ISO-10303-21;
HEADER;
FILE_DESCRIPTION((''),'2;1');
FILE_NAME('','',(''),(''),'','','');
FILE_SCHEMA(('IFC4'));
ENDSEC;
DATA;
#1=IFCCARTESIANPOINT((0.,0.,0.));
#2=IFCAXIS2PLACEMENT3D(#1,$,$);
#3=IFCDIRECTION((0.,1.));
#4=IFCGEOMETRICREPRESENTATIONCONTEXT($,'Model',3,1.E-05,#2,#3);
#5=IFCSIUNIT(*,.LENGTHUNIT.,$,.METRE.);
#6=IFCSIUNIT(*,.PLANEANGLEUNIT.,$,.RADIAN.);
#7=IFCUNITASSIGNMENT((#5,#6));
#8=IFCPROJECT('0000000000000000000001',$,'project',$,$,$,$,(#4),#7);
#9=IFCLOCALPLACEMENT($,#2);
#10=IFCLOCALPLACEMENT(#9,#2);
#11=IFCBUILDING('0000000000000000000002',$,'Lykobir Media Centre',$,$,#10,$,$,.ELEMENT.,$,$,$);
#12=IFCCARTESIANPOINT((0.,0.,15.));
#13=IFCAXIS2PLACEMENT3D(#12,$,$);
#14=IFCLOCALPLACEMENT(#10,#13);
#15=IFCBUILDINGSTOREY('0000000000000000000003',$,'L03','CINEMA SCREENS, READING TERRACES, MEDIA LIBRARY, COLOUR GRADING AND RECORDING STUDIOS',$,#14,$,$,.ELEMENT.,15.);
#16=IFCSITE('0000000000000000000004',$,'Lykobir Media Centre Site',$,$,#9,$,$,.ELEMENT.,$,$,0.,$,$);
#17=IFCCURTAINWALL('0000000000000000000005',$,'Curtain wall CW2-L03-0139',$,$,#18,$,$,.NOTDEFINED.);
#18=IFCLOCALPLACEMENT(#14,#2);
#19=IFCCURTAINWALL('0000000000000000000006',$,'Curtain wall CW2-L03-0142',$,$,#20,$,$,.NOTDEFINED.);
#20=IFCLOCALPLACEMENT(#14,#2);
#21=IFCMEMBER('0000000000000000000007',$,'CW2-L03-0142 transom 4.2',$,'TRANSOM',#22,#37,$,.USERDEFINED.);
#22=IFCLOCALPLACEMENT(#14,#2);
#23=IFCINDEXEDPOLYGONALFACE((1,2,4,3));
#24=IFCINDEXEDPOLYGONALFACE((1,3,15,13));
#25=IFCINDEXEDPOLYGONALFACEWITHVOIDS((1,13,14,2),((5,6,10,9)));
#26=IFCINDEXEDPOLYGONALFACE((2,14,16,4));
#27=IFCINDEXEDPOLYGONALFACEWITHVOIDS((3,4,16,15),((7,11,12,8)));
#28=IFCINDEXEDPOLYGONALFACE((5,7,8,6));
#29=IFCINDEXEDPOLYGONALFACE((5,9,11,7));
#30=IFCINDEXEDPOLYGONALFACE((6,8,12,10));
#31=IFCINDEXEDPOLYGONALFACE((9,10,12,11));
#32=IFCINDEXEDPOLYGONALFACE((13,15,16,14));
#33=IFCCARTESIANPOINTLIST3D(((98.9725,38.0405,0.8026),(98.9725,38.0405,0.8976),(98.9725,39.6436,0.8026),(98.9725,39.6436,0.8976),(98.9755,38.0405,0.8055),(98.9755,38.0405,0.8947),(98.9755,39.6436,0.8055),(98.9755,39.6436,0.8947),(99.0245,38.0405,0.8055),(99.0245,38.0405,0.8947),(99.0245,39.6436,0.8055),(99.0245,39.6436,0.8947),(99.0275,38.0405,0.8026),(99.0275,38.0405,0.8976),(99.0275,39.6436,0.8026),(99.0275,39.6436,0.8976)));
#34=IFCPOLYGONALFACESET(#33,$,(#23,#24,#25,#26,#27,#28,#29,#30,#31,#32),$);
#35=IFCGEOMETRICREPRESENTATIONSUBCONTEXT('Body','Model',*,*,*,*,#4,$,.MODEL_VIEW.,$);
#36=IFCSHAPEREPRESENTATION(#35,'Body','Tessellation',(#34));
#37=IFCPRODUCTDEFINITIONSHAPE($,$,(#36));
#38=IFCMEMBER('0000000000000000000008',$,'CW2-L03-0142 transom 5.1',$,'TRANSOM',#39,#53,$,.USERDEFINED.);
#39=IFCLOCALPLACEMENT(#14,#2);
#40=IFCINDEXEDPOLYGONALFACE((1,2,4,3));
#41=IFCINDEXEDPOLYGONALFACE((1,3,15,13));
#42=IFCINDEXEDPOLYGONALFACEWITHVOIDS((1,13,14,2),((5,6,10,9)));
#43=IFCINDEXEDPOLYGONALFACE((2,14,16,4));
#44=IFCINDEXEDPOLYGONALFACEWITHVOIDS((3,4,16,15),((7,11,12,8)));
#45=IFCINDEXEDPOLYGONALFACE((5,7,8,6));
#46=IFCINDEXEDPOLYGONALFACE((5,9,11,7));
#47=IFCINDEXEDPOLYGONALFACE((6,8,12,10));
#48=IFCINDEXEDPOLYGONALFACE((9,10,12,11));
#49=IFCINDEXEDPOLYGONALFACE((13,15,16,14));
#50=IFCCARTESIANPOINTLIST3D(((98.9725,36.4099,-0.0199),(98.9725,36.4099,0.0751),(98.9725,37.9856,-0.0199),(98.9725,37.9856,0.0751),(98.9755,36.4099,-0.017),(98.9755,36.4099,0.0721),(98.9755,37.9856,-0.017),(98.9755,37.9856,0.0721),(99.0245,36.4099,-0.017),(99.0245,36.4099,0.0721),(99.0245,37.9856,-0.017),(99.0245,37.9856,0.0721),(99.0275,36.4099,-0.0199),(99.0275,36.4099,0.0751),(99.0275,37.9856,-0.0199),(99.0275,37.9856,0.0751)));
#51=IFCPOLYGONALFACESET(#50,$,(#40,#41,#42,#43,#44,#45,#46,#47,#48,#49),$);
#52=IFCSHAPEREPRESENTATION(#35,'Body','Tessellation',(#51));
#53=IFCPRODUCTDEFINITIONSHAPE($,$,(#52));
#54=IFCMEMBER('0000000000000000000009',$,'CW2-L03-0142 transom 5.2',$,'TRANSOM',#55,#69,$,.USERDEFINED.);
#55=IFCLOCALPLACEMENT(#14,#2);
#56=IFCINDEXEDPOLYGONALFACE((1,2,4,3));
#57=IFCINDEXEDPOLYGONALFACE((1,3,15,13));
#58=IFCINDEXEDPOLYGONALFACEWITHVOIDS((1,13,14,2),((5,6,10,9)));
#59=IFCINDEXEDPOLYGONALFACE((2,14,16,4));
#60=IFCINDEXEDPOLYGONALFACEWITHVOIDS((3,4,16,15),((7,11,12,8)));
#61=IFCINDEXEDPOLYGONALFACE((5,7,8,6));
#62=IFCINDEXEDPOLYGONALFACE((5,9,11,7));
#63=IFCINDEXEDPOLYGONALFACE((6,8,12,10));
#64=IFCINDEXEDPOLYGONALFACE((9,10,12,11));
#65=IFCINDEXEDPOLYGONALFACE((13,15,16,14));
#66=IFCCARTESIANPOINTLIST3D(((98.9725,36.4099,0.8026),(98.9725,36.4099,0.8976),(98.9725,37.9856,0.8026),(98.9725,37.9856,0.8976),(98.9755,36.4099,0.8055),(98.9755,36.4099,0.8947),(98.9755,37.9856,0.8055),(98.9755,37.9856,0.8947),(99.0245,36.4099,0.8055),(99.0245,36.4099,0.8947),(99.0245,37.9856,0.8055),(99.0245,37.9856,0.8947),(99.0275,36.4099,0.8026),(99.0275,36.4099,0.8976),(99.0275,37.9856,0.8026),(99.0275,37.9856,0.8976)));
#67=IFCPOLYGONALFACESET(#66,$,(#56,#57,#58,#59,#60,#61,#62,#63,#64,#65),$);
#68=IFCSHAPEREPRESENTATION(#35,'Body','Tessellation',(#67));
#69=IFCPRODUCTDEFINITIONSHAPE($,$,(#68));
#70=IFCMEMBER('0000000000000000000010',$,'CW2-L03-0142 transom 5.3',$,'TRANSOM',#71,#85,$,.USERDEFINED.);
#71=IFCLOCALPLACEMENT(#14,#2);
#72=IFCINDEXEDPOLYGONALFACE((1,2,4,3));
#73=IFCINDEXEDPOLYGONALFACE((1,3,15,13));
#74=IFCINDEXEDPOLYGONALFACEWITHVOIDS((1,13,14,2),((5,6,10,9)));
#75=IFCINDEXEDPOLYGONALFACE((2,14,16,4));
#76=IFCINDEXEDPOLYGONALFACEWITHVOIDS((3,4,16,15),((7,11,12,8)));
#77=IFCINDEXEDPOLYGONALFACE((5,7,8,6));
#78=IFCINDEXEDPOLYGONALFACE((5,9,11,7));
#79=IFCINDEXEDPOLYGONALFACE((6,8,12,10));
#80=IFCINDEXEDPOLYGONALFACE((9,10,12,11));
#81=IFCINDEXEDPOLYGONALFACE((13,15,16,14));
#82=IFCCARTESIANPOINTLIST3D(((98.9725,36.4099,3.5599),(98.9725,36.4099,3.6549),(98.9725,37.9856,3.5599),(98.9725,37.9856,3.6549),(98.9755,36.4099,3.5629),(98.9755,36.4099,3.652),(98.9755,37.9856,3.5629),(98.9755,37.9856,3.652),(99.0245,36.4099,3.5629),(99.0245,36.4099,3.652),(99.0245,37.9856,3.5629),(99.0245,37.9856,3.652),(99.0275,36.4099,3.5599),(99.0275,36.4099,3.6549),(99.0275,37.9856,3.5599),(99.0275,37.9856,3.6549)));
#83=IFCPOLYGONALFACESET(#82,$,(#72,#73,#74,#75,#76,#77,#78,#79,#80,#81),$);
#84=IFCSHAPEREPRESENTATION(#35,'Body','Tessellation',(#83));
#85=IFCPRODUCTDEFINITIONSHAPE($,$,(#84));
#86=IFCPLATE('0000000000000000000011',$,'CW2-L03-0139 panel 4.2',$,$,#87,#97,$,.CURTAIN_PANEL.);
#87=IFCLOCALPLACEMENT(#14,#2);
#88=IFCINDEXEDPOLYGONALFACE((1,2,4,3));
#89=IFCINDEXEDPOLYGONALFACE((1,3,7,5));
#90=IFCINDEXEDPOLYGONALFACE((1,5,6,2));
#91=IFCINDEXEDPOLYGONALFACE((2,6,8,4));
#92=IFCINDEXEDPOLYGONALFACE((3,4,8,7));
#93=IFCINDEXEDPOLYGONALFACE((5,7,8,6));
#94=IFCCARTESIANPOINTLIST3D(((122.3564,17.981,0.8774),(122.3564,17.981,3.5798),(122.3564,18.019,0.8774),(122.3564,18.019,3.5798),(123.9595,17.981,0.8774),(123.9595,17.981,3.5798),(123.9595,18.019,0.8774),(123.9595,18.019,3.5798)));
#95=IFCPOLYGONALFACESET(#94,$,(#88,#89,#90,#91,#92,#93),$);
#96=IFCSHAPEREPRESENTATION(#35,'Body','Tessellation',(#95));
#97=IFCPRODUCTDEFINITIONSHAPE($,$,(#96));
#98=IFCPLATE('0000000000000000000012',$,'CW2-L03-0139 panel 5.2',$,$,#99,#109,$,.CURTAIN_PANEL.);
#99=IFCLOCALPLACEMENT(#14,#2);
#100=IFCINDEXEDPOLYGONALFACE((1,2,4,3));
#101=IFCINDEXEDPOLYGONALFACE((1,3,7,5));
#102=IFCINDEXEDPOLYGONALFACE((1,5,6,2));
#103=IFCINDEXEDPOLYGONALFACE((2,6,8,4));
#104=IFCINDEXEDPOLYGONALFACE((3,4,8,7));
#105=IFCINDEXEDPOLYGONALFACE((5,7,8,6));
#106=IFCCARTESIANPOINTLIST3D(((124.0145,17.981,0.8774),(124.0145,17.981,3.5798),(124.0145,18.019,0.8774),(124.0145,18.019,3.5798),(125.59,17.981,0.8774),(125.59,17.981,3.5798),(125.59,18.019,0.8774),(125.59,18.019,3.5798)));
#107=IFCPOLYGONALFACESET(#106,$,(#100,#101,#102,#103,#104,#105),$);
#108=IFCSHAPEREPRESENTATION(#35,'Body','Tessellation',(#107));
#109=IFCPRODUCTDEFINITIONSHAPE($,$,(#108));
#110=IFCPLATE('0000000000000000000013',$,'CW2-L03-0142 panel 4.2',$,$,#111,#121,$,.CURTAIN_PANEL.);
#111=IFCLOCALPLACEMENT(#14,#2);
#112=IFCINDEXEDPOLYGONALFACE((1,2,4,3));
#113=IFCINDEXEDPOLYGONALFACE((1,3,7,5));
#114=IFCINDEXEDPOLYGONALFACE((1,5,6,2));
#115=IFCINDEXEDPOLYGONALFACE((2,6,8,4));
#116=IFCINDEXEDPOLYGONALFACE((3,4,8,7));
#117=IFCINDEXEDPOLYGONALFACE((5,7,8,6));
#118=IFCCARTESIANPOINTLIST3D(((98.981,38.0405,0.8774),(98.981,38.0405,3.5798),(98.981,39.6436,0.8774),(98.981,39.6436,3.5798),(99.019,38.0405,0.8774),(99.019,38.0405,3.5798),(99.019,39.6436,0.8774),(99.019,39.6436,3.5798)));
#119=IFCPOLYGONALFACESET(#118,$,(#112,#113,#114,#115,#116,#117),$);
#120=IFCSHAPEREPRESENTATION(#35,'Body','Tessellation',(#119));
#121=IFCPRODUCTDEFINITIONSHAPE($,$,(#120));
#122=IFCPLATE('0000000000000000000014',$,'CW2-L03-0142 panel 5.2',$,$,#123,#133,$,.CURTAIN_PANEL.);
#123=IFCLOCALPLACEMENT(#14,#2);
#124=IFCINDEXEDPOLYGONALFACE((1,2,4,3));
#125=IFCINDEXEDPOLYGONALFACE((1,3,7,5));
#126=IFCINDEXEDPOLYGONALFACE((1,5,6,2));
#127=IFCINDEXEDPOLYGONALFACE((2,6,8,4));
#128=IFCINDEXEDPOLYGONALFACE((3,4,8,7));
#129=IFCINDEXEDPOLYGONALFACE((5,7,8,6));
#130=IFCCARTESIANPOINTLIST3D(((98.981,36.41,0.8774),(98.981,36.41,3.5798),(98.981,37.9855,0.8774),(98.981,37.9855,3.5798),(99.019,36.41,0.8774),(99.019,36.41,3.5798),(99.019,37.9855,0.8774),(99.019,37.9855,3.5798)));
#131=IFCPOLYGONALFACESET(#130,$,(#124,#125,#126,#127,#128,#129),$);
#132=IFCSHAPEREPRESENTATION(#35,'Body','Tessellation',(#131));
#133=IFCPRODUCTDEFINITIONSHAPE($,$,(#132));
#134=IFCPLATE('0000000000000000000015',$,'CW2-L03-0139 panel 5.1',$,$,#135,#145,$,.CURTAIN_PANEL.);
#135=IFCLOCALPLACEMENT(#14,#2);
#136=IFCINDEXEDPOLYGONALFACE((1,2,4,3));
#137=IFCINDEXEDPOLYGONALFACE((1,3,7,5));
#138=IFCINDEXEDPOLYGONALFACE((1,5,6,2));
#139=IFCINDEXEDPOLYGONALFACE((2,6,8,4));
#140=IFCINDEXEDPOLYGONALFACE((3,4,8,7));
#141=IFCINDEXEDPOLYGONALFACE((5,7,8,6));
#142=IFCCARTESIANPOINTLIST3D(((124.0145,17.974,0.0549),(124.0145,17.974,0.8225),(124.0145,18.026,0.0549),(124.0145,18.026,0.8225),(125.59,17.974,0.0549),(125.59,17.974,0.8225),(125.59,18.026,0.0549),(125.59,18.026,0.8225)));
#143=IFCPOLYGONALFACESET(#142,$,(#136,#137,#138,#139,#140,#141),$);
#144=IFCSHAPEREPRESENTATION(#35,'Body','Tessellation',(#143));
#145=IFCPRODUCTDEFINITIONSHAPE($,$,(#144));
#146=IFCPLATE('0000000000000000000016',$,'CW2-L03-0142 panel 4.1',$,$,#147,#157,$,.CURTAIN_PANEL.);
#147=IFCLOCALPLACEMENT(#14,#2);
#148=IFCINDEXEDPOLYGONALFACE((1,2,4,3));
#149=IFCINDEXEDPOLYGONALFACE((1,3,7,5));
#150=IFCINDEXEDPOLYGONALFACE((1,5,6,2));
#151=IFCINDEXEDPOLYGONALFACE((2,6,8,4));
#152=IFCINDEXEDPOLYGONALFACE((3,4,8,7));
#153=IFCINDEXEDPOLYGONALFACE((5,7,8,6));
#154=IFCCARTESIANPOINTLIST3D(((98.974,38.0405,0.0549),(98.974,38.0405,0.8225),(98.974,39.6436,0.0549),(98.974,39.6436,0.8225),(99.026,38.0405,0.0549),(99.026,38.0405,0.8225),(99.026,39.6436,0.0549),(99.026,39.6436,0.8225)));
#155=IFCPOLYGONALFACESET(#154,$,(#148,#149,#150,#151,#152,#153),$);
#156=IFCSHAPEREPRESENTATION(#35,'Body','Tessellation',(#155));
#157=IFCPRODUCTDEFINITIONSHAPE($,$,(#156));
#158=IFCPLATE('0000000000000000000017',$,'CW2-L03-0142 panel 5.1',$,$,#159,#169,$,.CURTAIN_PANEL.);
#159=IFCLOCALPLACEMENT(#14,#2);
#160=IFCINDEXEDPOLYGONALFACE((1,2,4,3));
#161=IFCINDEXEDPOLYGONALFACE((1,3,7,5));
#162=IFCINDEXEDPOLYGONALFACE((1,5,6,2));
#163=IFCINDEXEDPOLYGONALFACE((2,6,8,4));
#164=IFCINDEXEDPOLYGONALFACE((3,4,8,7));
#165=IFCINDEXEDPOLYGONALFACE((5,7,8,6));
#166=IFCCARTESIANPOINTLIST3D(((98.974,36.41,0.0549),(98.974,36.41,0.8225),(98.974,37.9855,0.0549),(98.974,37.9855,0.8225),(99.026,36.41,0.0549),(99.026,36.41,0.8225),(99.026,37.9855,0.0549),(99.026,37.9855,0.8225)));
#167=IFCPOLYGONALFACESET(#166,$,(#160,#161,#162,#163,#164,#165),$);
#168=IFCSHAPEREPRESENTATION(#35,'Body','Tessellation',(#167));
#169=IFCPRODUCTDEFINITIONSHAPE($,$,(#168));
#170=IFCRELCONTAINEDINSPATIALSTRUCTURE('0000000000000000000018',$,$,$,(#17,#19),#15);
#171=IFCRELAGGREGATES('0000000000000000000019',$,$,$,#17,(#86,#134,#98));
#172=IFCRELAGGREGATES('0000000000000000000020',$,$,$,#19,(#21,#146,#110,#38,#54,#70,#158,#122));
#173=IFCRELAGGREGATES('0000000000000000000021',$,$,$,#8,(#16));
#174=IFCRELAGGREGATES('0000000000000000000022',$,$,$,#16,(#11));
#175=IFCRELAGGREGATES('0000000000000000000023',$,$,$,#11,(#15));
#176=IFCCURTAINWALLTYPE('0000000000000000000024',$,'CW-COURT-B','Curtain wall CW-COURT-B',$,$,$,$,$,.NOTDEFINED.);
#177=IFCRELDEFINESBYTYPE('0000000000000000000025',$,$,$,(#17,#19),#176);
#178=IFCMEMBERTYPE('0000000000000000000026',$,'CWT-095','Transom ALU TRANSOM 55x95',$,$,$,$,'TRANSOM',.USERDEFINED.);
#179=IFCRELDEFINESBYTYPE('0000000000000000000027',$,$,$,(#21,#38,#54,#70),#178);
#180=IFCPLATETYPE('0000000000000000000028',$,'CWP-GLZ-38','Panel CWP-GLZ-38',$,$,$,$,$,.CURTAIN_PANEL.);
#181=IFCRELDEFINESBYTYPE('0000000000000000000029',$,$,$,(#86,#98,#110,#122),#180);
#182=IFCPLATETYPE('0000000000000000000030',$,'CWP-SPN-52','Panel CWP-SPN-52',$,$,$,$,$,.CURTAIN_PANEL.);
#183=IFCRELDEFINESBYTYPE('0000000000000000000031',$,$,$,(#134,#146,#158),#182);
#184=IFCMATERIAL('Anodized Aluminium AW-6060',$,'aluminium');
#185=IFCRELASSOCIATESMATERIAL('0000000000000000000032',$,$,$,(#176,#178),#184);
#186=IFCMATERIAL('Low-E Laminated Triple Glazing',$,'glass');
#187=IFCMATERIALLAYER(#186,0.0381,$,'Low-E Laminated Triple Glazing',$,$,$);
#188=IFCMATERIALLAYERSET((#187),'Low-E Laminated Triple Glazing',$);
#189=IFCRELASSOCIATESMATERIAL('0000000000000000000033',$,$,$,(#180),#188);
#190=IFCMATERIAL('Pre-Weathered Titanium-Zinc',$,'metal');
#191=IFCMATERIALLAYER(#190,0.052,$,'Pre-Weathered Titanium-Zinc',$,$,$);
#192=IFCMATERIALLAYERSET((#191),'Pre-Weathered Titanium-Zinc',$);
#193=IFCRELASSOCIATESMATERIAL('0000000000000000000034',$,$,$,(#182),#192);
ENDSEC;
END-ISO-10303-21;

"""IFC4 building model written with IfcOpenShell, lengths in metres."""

from ifc_helpers import new_model, si_unit, direction, frame, origin, origin_2d, place, context, subcontext, project, spatial, rectangle, hollow_rectangle, extrude, material, layer, layer_set, material_profile, profile_set, type_object, element, aggregate, save


model = new_model("IFC4")

# Units and contexts
model_context = context("Model", 3, precision=1e-05, world=origin(), true_north=direction((0.0, 1.0)))
body_context = subcontext(model_context, "Body", "Model", "MODEL_VIEW")
ifc_project = project(units=[si_unit("LENGTHUNIT", "METRE"), si_unit("PLANEANGLEUNIT", "RADIAN")], contexts=[model_context])

# Site, building, storey
site_placement = place(None, origin())
site = spatial("IfcSite", under=ifc_project, at=site_placement, Name="Lykobir Media Centre Site", CompositionType="ELEMENT", RefElevation=0.0)
building_placement = place(site_placement, origin())
building = spatial("IfcBuilding", under=site, at=building_placement, Name="Lykobir Media Centre", CompositionType="ELEMENT")
storey_placement = place(building_placement, frame((0.0, 0.0, 15.0)))
storey = spatial("IfcBuildingStorey", under=building, at=storey_placement, Name="L03", Description="CINEMA SCREENS, READING TERRACES, MEDIA LIBRARY, COLOUR GRADING AND RECORDING STUDIOS", CompositionType="ELEMENT", Elevation=15.0)

# Curtain walls
ifc_material_1 = material(Name="Anodized Aluminium AW-6060", Category="aluminium")
curtain_wall_type = type_object("IfcCurtainWallType", Name="CW-COURT-B", Description="Curtain wall CW-COURT-B", PredefinedType="NOTDEFINED", material=ifc_material_1)
curtain_wall_1_placement = place(storey_placement, origin())
curtain_wall_1 = element("IfcCurtainWall", 1, at=curtain_wall_1_placement, inside=storey, type_object=curtain_wall_type, Name="Curtain wall CW2-L03-0139", PredefinedType="NOTDEFINED")
curtain_wall_2_placement = place(storey_placement, origin())
curtain_wall_2 = element("IfcCurtainWall", 2, at=curtain_wall_2_placement, inside=storey, type_object=curtain_wall_type, Name="Curtain wall CW2-L03-0142", PredefinedType="NOTDEFINED")

# Members
ifc_material_profile_1 = material_profile(ifc_material_1, hollow_rectangle(XDim=0.0549, YDim=0.095, WallThickness=0.0029, at=origin_2d()), Name="ALU TRANSOM 55x95")
ifc_profile_set_1 = profile_set([ifc_material_profile_1], Name="Anodized Aluminium AW-6060")
member_type_1 = type_object("IfcMemberType", Name="CWT-095", Description="Transom ALU TRANSOM 55x95", ElementType="TRANSOM", PredefinedType="USERDEFINED", material=ifc_profile_set_1)
member_1_placement = place(storey_placement, frame((99.0, 39.6436, 0.8501), z_axis=(0.0, -1.0, 0.0), x_axis=(1.0, 0.0, 0.0)))
member_1 = element("IfcMember", 3, at=member_1_placement, type_object=member_type_1, Name="CW2-L03-0142 transom 4.2", ObjectType="TRANSOM", PredefinedType="USERDEFINED", context=body_context, shape_type="SweptSolid", body=[
    extrude(hollow_rectangle(XDim=0.0549, YDim=0.095, WallThickness=0.0029, at=origin_2d()), origin(), (0.0, 0.0, 1.0), 1.603),
])
member_2_placement = place(storey_placement, frame((99.0, 37.9856, 0.0276), z_axis=(0.0, -1.0, 0.0), x_axis=(1.0, 0.0, 0.0)))
member_2 = element("IfcMember", 4, at=member_2_placement, type_object=member_type_1, Name="CW2-L03-0142 transom 5.1", ObjectType="TRANSOM", PredefinedType="USERDEFINED", context=body_context, shape_type="SweptSolid", body=[
    extrude(hollow_rectangle(XDim=0.0549, YDim=0.095, WallThickness=0.0029, at=origin_2d()), origin(), (0.0, 0.0, 1.0), 1.5757),
])
member_3_placement = place(storey_placement, frame((99.0, 37.9856, 0.8501), z_axis=(0.0, -1.0, 0.0), x_axis=(1.0, 0.0, 0.0)))
member_3 = element("IfcMember", 5, at=member_3_placement, type_object=member_type_1, Name="CW2-L03-0142 transom 5.2", ObjectType="TRANSOM", PredefinedType="USERDEFINED", context=body_context, shape_type="SweptSolid", body=[
    extrude(hollow_rectangle(XDim=0.0549, YDim=0.095, WallThickness=0.0029, at=origin_2d()), origin(), (0.0, 0.0, 1.0), 1.5757),
])
member_4_placement = place(storey_placement, frame((99.0, 37.9856, 3.6074), z_axis=(0.0, -1.0, 0.0), x_axis=(1.0, 0.0, 0.0)))
member_4 = element("IfcMember", 6, at=member_4_placement, type_object=member_type_1, Name="CW2-L03-0142 transom 5.3", ObjectType="TRANSOM", PredefinedType="USERDEFINED", context=body_context, shape_type="SweptSolid", body=[
    extrude(hollow_rectangle(XDim=0.0549, YDim=0.095, WallThickness=0.0029, at=origin_2d()), origin(), (0.0, 0.0, 1.0), 1.5757),
])

# Plates
ifc_material_2 = material(Name="Low-E Laminated Triple Glazing", Category="glass")
ifc_layer_1 = layer(ifc_material_2, 0.0381, Name="Low-E Laminated Triple Glazing")
ifc_layer_set_1 = layer_set([ifc_layer_1], Name="Low-E Laminated Triple Glazing")
plate_type_1 = type_object("IfcPlateType", Name="CWP-GLZ-38", Description="Panel CWP-GLZ-38", PredefinedType="CURTAIN_PANEL", material=ifc_layer_set_1)
plate_1_placement = place(storey_placement, frame((123.158, 18.0, 0.8774), z_axis=(0.0, 0.0, 1.0), x_axis=(1.0, 0.0, 0.0)))
plate_1 = element("IfcPlate", 7, at=plate_1_placement, type_object=plate_type_1, Name="CW2-L03-0139 panel 4.2", PredefinedType="CURTAIN_PANEL", context=body_context, shape_type="SweptSolid", body=[
    extrude(rectangle(XDim=1.603, YDim=0.0381, at=origin_2d()), origin(), (0.0, 0.0, 1.0), 2.7024),
])
plate_2_placement = place(storey_placement, frame((124.8022, 18.0, 0.8774), z_axis=(0.0, 0.0, 1.0), x_axis=(1.0, 0.0, 0.0)))
plate_2 = element("IfcPlate", 8, at=plate_2_placement, type_object=plate_type_1, Name="CW2-L03-0139 panel 5.2", PredefinedType="CURTAIN_PANEL", context=body_context, shape_type="SweptSolid", body=[
    extrude(rectangle(XDim=1.5754, YDim=0.0381, at=origin_2d()), origin(), (0.0, 0.0, 1.0), 2.7024),
])
plate_3_placement = place(storey_placement, frame((99.0, 38.842, 0.8774), z_axis=(0.0, 0.0, 1.0), x_axis=(0.0, -1.0, 0.0)))
plate_3 = element("IfcPlate", 9, at=plate_3_placement, type_object=plate_type_1, Name="CW2-L03-0142 panel 4.2", PredefinedType="CURTAIN_PANEL", context=body_context, shape_type="SweptSolid", body=[
    extrude(rectangle(XDim=1.603, YDim=0.0381, at=origin_2d()), origin(), (0.0, 0.0, 1.0), 2.7024),
])
plate_4_placement = place(storey_placement, frame((99.0, 37.1978, 0.8774), z_axis=(0.0, 0.0, 1.0), x_axis=(0.0, -1.0, 0.0)))
plate_4 = element("IfcPlate", 10, at=plate_4_placement, type_object=plate_type_1, Name="CW2-L03-0142 panel 5.2", PredefinedType="CURTAIN_PANEL", context=body_context, shape_type="SweptSolid", body=[
    extrude(rectangle(XDim=1.5754, YDim=0.0381, at=origin_2d()), origin(), (0.0, 0.0, 1.0), 2.7024),
])
ifc_material_3 = material(Name="Pre-Weathered Titanium-Zinc", Category="metal")
ifc_layer_2 = layer(ifc_material_3, 0.052, Name="Pre-Weathered Titanium-Zinc")
ifc_layer_set_2 = layer_set([ifc_layer_2], Name="Pre-Weathered Titanium-Zinc")
plate_type_2 = type_object("IfcPlateType", Name="CWP-SPN-52", Description="Panel CWP-SPN-52", PredefinedType="CURTAIN_PANEL", material=ifc_layer_set_2)
plate_5_placement = place(storey_placement, frame((124.8022, 18.0, 0.0549), z_axis=(0.0, 0.0, 1.0), x_axis=(1.0, 0.0, 0.0)))
plate_5 = element("IfcPlate", 11, at=plate_5_placement, type_object=plate_type_2, Name="CW2-L03-0139 panel 5.1", PredefinedType="CURTAIN_PANEL", context=body_context, shape_type="SweptSolid", body=[
    extrude(rectangle(XDim=1.5754, YDim=0.052, at=origin_2d()), origin(), (0.0, 0.0, 1.0), 0.7676),
])
aggregate(curtain_wall_1, [plate_1, plate_5, plate_2])
plate_6_placement = place(storey_placement, frame((99.0, 38.842, 0.0549), z_axis=(0.0, 0.0, 1.0), x_axis=(0.0, -1.0, 0.0)))
plate_6 = element("IfcPlate", 12, at=plate_6_placement, type_object=plate_type_2, Name="CW2-L03-0142 panel 4.1", PredefinedType="CURTAIN_PANEL", context=body_context, shape_type="SweptSolid", body=[
    extrude(rectangle(XDim=1.603, YDim=0.052, at=origin_2d()), origin(), (0.0, 0.0, 1.0), 0.7676),
])
plate_7_placement = place(storey_placement, frame((99.0, 37.1978, 0.0549), z_axis=(0.0, 0.0, 1.0), x_axis=(0.0, -1.0, 0.0)))
plate_7 = element("IfcPlate", 13, at=plate_7_placement, type_object=plate_type_2, Name="CW2-L03-0142 panel 5.1", PredefinedType="CURTAIN_PANEL", context=body_context, shape_type="SweptSolid", body=[
    extrude(rectangle(XDim=1.5754, YDim=0.052, at=origin_2d()), origin(), (0.0, 0.0, 1.0), 0.7676),
])
aggregate(curtain_wall_2, [member_1, plate_6, plate_3, member_2, member_3, member_4, plate_7, plate_4])

save(model, "model.ifc")
